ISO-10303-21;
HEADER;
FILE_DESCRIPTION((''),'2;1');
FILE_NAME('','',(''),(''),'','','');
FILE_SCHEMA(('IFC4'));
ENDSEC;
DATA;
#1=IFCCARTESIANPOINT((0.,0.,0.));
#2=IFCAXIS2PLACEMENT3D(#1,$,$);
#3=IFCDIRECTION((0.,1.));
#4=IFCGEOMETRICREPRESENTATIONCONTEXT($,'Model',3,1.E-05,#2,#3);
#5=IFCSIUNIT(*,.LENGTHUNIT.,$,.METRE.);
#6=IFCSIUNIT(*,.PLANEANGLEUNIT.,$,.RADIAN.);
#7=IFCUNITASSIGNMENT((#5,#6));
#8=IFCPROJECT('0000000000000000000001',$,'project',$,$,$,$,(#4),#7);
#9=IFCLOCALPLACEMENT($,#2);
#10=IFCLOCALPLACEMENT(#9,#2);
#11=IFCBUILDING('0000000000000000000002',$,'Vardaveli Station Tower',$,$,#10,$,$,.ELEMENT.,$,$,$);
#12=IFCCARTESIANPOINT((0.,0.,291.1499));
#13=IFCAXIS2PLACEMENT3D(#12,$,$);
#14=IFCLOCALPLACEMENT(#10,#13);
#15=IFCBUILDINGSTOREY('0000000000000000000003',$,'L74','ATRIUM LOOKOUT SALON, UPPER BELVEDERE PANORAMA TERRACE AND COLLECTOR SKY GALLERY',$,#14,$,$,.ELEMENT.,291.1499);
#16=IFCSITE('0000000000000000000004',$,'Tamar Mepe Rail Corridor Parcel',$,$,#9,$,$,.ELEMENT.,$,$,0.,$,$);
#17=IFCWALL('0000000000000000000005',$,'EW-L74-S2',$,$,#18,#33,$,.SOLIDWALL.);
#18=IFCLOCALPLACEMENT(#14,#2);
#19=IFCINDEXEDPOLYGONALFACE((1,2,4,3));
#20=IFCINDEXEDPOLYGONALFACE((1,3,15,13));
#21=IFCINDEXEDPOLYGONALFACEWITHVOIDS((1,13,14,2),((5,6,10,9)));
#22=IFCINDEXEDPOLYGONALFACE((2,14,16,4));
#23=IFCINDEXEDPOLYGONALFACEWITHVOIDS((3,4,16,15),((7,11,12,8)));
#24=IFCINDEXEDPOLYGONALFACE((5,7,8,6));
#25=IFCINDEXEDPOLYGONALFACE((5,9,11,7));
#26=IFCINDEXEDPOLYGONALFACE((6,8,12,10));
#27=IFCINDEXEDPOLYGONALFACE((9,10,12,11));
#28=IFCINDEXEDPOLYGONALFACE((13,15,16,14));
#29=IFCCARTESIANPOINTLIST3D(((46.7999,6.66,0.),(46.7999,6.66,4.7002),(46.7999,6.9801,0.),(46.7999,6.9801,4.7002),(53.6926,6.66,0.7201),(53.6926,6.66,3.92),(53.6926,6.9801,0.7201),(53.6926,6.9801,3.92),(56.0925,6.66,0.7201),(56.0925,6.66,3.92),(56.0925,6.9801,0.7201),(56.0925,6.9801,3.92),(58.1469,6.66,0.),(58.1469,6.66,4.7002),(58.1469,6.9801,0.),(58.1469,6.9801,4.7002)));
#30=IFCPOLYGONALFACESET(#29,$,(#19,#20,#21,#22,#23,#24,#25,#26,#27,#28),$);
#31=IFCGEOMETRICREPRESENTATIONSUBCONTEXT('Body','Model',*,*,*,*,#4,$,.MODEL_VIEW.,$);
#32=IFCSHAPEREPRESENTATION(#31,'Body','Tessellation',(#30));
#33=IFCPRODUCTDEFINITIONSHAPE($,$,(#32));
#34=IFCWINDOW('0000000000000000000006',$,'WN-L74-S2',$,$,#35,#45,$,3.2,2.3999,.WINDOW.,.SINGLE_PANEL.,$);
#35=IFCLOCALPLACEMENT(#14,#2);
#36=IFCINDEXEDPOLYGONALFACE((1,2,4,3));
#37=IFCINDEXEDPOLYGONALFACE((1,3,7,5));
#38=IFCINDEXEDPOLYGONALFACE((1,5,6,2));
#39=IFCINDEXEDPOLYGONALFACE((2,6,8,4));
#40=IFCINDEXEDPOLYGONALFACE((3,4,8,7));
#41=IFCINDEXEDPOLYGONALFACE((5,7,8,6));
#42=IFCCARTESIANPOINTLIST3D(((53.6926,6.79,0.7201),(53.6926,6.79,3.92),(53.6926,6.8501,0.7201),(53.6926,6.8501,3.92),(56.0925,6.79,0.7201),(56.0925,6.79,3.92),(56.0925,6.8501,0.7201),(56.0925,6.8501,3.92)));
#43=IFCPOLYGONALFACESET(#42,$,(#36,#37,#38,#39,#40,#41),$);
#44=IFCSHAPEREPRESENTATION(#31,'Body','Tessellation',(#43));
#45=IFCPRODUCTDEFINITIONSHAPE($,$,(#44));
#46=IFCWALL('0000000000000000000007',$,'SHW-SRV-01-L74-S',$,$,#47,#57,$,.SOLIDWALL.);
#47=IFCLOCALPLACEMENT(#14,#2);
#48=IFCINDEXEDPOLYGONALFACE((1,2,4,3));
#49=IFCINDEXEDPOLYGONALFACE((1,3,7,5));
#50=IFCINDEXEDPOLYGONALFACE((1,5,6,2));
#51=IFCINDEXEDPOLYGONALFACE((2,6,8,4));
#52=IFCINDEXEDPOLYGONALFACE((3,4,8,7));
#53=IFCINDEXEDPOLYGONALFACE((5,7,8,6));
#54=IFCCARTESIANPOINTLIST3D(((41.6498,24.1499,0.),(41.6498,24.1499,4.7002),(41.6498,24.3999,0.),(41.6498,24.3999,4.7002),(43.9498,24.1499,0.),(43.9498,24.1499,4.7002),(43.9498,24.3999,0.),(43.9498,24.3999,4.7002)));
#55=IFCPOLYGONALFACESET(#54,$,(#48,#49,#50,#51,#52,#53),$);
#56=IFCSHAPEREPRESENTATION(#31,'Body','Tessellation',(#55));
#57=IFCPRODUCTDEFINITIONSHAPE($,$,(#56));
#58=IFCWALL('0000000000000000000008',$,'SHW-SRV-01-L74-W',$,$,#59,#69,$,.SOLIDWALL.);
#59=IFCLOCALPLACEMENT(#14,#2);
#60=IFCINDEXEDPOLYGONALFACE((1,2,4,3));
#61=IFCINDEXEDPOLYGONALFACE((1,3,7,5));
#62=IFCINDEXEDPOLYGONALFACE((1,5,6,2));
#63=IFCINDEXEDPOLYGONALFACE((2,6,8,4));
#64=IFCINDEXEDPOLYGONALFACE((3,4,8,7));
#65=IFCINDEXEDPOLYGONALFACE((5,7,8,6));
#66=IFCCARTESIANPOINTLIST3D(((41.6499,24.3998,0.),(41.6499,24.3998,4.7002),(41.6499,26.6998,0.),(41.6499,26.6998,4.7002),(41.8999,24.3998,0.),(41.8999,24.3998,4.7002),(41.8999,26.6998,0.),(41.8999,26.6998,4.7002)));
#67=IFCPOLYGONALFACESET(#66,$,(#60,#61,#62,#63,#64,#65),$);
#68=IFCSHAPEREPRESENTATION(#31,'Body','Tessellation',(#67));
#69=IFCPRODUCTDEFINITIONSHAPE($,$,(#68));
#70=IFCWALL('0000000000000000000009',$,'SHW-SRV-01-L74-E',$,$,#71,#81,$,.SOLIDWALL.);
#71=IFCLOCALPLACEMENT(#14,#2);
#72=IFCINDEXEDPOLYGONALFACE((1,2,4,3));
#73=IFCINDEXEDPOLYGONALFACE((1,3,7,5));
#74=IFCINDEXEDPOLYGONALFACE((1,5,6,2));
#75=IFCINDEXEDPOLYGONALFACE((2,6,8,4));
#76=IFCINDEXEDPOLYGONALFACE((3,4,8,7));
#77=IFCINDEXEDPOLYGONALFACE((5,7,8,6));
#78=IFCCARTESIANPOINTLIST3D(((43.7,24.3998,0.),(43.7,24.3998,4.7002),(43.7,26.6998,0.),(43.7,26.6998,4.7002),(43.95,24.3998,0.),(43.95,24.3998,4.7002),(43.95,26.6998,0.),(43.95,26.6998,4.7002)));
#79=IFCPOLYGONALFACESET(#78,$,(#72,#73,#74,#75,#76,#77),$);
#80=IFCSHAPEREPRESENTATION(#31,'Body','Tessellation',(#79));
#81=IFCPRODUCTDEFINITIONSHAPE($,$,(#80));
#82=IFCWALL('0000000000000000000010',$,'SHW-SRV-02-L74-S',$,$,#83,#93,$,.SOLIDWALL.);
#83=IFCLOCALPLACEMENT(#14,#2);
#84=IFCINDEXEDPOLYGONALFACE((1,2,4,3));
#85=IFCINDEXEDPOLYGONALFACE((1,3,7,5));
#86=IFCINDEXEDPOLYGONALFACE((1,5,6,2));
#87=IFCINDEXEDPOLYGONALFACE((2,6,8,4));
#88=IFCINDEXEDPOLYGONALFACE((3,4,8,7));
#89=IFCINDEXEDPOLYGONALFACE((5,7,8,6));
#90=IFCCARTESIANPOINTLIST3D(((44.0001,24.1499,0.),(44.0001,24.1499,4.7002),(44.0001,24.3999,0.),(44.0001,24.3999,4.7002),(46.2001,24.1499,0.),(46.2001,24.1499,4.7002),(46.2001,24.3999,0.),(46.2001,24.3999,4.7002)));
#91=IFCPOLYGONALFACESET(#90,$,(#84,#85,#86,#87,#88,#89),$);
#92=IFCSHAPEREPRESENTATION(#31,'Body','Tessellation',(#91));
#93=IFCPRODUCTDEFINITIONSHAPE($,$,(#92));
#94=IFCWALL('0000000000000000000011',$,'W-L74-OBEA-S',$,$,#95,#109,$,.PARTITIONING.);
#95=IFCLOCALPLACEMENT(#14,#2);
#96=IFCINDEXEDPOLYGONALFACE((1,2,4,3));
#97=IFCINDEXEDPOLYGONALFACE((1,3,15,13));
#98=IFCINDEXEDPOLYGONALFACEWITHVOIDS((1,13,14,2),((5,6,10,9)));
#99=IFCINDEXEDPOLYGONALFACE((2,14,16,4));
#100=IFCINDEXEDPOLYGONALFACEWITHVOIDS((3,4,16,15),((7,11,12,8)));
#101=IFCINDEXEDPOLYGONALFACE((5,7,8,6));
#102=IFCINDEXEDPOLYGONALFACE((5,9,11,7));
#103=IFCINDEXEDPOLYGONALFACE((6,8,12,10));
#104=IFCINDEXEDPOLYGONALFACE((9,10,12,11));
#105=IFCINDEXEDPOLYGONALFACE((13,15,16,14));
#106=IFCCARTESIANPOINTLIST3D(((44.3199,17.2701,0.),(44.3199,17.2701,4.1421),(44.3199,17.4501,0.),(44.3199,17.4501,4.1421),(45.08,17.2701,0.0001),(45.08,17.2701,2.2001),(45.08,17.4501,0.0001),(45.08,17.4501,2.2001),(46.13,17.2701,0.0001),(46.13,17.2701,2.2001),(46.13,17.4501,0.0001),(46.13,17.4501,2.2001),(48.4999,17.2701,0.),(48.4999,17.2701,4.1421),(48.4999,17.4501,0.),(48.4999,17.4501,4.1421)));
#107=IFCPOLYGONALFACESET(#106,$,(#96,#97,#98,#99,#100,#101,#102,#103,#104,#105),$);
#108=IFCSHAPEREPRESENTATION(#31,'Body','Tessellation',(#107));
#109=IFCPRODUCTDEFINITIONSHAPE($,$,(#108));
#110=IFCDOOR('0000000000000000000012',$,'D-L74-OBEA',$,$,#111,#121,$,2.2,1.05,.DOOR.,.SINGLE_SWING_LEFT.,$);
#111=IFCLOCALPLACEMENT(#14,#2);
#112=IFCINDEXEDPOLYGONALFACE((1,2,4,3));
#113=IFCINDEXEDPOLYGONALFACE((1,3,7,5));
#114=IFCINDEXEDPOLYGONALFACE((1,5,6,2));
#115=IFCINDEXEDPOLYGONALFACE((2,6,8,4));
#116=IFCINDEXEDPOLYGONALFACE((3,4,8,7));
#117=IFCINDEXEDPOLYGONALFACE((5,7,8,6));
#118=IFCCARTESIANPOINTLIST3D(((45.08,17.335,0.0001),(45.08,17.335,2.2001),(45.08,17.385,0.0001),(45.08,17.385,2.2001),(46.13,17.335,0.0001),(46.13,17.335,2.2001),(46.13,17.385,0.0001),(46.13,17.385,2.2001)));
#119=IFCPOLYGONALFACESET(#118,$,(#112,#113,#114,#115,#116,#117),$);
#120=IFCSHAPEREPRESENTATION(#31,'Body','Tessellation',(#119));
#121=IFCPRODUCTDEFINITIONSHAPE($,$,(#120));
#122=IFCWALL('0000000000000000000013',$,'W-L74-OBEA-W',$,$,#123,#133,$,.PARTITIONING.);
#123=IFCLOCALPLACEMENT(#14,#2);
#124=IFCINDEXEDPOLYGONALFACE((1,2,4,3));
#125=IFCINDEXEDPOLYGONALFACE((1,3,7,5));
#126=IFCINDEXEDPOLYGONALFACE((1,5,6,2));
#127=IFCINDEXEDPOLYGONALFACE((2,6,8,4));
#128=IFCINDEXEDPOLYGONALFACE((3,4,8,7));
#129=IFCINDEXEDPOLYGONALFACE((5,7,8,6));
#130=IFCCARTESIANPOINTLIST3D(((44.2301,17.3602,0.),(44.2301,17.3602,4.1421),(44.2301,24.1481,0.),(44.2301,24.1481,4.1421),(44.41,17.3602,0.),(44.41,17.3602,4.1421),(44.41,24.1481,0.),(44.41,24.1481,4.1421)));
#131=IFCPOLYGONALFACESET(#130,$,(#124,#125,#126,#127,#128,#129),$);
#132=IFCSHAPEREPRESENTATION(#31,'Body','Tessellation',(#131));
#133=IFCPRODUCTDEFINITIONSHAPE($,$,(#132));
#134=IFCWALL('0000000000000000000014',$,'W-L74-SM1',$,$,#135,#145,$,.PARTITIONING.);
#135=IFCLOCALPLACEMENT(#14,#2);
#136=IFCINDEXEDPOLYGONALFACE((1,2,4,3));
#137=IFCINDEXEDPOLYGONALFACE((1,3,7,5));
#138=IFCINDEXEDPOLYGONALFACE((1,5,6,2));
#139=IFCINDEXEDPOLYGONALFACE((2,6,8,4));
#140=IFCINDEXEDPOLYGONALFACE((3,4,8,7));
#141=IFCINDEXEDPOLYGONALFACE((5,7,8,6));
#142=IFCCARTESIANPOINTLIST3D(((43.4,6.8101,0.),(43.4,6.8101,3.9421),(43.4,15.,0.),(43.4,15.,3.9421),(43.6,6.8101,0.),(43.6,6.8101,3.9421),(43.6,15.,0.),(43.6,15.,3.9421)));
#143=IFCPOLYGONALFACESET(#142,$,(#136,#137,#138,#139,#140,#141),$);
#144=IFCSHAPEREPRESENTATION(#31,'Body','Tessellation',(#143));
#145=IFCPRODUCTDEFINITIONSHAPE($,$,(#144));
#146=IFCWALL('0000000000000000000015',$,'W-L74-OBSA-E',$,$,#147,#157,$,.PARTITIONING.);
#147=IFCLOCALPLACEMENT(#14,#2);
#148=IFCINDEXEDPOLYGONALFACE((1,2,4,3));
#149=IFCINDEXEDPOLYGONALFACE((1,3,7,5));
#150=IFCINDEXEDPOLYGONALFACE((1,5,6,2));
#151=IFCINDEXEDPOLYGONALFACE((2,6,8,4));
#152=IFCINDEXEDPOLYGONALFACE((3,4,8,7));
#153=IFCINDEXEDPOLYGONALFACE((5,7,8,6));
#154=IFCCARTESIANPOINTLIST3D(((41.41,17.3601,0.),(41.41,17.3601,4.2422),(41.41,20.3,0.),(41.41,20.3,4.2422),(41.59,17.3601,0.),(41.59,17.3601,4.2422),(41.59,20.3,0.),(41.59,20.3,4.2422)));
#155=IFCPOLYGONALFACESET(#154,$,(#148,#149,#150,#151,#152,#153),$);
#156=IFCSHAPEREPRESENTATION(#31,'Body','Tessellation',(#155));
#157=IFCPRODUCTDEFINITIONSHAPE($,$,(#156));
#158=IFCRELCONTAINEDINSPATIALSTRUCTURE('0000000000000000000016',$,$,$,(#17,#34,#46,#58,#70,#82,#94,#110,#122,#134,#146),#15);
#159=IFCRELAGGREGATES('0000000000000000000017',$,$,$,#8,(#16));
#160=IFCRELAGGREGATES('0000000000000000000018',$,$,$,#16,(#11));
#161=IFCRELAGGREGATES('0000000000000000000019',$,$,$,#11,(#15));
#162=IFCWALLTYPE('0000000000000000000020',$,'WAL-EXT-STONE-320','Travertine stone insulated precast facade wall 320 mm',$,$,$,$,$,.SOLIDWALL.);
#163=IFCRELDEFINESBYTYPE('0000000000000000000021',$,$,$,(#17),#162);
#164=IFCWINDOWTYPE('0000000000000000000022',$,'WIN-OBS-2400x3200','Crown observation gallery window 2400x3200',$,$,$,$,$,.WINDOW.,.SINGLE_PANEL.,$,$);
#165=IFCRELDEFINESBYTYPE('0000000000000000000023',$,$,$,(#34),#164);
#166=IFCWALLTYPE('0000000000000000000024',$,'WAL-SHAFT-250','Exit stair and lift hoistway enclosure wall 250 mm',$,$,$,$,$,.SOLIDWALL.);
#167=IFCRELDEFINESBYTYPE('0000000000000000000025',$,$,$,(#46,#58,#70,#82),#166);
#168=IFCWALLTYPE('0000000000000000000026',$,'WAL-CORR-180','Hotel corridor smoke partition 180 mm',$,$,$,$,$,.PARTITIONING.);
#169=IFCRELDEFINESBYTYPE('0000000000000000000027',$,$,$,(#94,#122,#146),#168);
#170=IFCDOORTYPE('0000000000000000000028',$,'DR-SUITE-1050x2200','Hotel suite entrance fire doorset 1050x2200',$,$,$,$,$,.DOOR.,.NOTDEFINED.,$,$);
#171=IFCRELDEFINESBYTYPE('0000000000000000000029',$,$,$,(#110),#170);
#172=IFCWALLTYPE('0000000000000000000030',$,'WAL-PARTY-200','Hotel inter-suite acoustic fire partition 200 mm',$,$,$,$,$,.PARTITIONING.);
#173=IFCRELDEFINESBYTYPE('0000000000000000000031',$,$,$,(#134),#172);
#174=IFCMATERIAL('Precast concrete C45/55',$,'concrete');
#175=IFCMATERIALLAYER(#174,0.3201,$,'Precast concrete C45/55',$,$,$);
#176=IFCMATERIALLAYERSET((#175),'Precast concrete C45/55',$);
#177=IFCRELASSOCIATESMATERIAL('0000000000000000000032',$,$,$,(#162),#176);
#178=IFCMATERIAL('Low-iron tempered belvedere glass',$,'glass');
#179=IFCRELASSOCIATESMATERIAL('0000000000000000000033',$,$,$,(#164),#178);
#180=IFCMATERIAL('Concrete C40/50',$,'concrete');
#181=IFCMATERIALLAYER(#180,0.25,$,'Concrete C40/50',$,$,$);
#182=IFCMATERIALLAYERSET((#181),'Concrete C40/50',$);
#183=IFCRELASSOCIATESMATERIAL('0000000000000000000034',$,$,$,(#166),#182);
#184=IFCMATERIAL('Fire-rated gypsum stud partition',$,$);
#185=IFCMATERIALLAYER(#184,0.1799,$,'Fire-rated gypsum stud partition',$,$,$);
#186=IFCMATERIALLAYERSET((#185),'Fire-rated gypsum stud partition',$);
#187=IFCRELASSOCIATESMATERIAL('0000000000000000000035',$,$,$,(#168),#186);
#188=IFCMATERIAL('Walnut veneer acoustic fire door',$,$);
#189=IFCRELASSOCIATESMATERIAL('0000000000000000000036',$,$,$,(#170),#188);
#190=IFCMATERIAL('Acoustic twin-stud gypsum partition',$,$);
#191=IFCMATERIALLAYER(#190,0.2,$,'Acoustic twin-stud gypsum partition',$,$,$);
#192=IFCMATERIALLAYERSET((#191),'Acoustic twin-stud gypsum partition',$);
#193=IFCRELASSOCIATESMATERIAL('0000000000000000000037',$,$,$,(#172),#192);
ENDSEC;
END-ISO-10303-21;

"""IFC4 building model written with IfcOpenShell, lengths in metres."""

from ifc_helpers import new_model, si_unit, direction, frame, frame_2d, origin, place, context, subcontext, project, spatial, rectangle, extrude, source, transform, mapped, material, layer, layer_set, type_object, element, fill, save


model = new_model("IFC4")

# Units and contexts
model_context = context("Model", 3, precision=1e-05, world=origin(), true_north=direction((0.0, 1.0)))
body_context = subcontext(model_context, "Body", "Model", "MODEL_VIEW")
ifc_project = project(units=[si_unit("LENGTHUNIT", "METRE"), si_unit("PLANEANGLEUNIT", "RADIAN")], contexts=[model_context])

# Site, building, storey
site_placement = place(None, origin())
site = spatial("IfcSite", under=ifc_project, at=site_placement, Name="Tamar Mepe Rail Corridor Parcel", CompositionType="ELEMENT", RefElevation=0.0)
building_placement = place(site_placement, origin())
building = spatial("IfcBuilding", under=site, at=building_placement, Name="Vardaveli Station Tower", CompositionType="ELEMENT")
storey_placement = place(building_placement, frame((0.0, 0.0, 291.1499)))
storey = spatial("IfcBuildingStorey", under=building, at=storey_placement, Name="L74", Description="ATRIUM LOOKOUT SALON, UPPER BELVEDERE PANORAMA TERRACE AND COLLECTOR SKY GALLERY", CompositionType="ELEMENT", Elevation=291.1499)

# Shared definitions
ifc_material_1 = material(Name="Precast concrete C45/55", Category="concrete")

# Wall, opening, window
ifc_layer_1 = layer(ifc_material_1, 0.3201, Name="Precast concrete C45/55")
ifc_layer_set_1 = layer_set([ifc_layer_1], Name="Precast concrete C45/55")
wall_type_1 = type_object("IfcWallType", Name="WAL-EXT-STONE-320", Description="Travertine stone insulated precast facade wall 320 mm", PredefinedType="SOLIDWALL", material=ifc_layer_set_1)
shared_shape_1 = source(origin(), body_context, "Body", "SweptSolid", [
    extrude(rectangle(XDim=11.3469, YDim=0.3201, at=frame_2d((5.6733, 0.0))), origin(), (0.0, 0.0, 1.0), 4.7002),
])
wall_1_placement = place(storey_placement, frame((46.8, 6.8201, 0.0), z_axis=(0.0, 0.0, 1.0), x_axis=(1.0, 0.0, 0.0)))
wall_1 = element("IfcWall", 1, at=wall_1_placement, inside=storey, type_object=wall_type_1, Name="EW-L74-S2", PredefinedType="SOLIDWALL", context=body_context, shape_type="MappedRepresentation", body=[
    mapped(shared_shape_1, transform((0.0, 0.0, 0.0), scale=1.0)),
])
shared_shape_2 = source(origin(), body_context, "Body", "SweptSolid", [
    extrude(rectangle(XDim=2.3999, YDim=3.2, at=frame_2d((1.2, 1.6001))), frame((0.0, 0.1699, 0.0), z_axis=(0.0, -1.0, 0.0), x_axis=(1.0, 0.0, 0.0)), (0.0, 0.0, 1.0), 0.3401),
])
opening_1_placement = place(wall_1_placement, frame((6.8926, 0.0, 0.72)))
opening_1 = element("IfcOpeningElement", 2, at=opening_1_placement, cuts=wall_1, PredefinedType="OPENING", context=body_context, shape_type="MappedRepresentation", body=[
    mapped(shared_shape_2, transform((0.0, 0.0, 0.0), scale=1.0)),
])
ifc_material_2 = material(Name="Low-iron tempered belvedere glass", Category="glass")
window_type = type_object("IfcWindowType", Name="WIN-OBS-2400x3200", Description="Crown observation gallery window 2400x3200", PartitioningType="SINGLE_PANEL", PredefinedType="WINDOW", material=ifc_material_2)
shared_shape_3 = source(origin(), body_context, "Body", "SweptSolid", [
    extrude(rectangle(XDim=2.3999, YDim=3.2, at=frame_2d((1.2, 1.6001))), frame((0.0, 0.03, 0.0), z_axis=(0.0, -1.0, 0.0), x_axis=(1.0, 0.0, 0.0)), (0.0, 0.0, 1.0), 0.0601),
])
window_placement = place(opening_1_placement, origin())
window = element("IfcWindow", 3, at=window_placement, inside=storey, type_object=window_type, Name="WN-L74-S2", OverallHeight=3.2, OverallWidth=2.3999, PartitioningType="SINGLE_PANEL", PredefinedType="WINDOW", context=body_context, shape_type="MappedRepresentation", body=[
    mapped(shared_shape_3, transform((0.0, 0.0, 0.0), scale=1.0)),
])
fill(opening_1, window)

# Walls
ifc_material_3 = material(Name="Concrete C40/50", Category="concrete")
ifc_layer_2 = layer(ifc_material_3, 0.25, Name="Concrete C40/50")
ifc_layer_set_2 = layer_set([ifc_layer_2], Name="Concrete C40/50")
wall_type_2 = type_object("IfcWallType", Name="WAL-SHAFT-250", Description="Exit stair and lift hoistway enclosure wall 250 mm", PredefinedType="SOLIDWALL", material=ifc_layer_set_2)
shared_shape_4 = source(origin(), body_context, "Body", "SweptSolid", [
    extrude(rectangle(XDim=2.3, YDim=0.25, at=frame_2d((1.1499, 0.0))), origin(), (0.0, 0.0, 1.0), 4.7002),
])
for number, where, z_axis, x_axis, name in (
    (4, (41.6499, 24.2749, 0.0), (0.0, 0.0, 1.0), (1.0, 0.0, 0.0), "SHW-SRV-01-L74-S"),
    (5, (41.7749, 24.3999, 0.0), (0.0, 0.0, 1.0), (0.0, 1.0, 0.0), "SHW-SRV-01-L74-W"),
    (6, (43.825, 24.3999, 0.0), (0.0, 0.0, 1.0), (0.0, 1.0, 0.0), "SHW-SRV-01-L74-E"),
):
    element("IfcWall", number, at=place(storey_placement, frame(where, z_axis=z_axis, x_axis=x_axis)), inside=storey, type_object=wall_type_2, Name=name, PredefinedType="SOLIDWALL", context=body_context, shape_type="MappedRepresentation", body=[
        mapped(shared_shape_4, transform((0.0, 0.0, 0.0), scale=1.0)),
    ])
shared_shape_5 = source(origin(), body_context, "Body", "SweptSolid", [
    extrude(rectangle(XDim=2.2, YDim=0.25, at=frame_2d((1.1001, 0.0))), origin(), (0.0, 0.0, 1.0), 4.7002),
])
wall_2_placement = place(storey_placement, frame((44.0, 24.2749, 0.0), z_axis=(0.0, 0.0, 1.0), x_axis=(1.0, 0.0, 0.0)))
element("IfcWall", 7, at=wall_2_placement, inside=storey, type_object=wall_type_2, Name="SHW-SRV-02-L74-S", PredefinedType="SOLIDWALL", context=body_context, shape_type="MappedRepresentation", body=[
    mapped(shared_shape_5, transform((0.0, 0.0, 0.0), scale=1.0)),
])

# Wall, opening, door
ifc_material_4 = material(Name="Fire-rated gypsum stud partition")
ifc_layer_3 = layer(ifc_material_4, 0.1799, Name="Fire-rated gypsum stud partition")
ifc_layer_set_3 = layer_set([ifc_layer_3], Name="Fire-rated gypsum stud partition")
wall_type_3 = type_object("IfcWallType", Name="WAL-CORR-180", Description="Hotel corridor smoke partition 180 mm", PredefinedType="PARTITIONING", material=ifc_layer_set_3)
shared_shape_6 = source(origin(), body_context, "Body", "SweptSolid", [
    extrude(rectangle(XDim=4.1799, YDim=0.1799, at=frame_2d((2.0898, 0.0))), origin(), (0.0, 0.0, 1.0), 4.1421),
])
wall_3_placement = place(storey_placement, frame((44.3201, 17.3601, 0.0), z_axis=(0.0, 0.0, 1.0), x_axis=(1.0, 0.0, 0.0)))
wall_3 = element("IfcWall", 8, at=wall_3_placement, inside=storey, type_object=wall_type_3, Name="W-L74-OBEA-S", PredefinedType="PARTITIONING", context=body_context, shape_type="MappedRepresentation", body=[
    mapped(shared_shape_6, transform((0.0, 0.0, 0.0), scale=1.0)),
])
shared_shape_7 = source(origin(), body_context, "Body", "SweptSolid", [
    extrude(rectangle(XDim=1.05, YDim=2.2, at=frame_2d((0.5249, 1.1001))), frame((0.0, 0.1001, 0.0), z_axis=(0.0, -1.0, 0.0), x_axis=(1.0, 0.0, 0.0)), (0.0, 0.0, 1.0), 0.2),
])
opening_2_placement = place(wall_3_placement, frame((0.76, 0.0, 0.0)))
opening_2 = element("IfcOpeningElement", 9, at=opening_2_placement, cuts=wall_3, PredefinedType="OPENING", context=body_context, shape_type="MappedRepresentation", body=[
    mapped(shared_shape_7, transform((0.0, 0.0, 0.0), scale=1.0)),
])
ifc_material_5 = material(Name="Walnut veneer acoustic fire door")
door_type = type_object("IfcDoorType", Name="DR-SUITE-1050x2200", Description="Hotel suite entrance fire doorset 1050x2200", OperationType="NOTDEFINED", PredefinedType="DOOR", material=ifc_material_5)
shared_shape_8 = source(origin(), body_context, "Body", "SweptSolid", [
    extrude(rectangle(XDim=1.05, YDim=2.2, at=frame_2d((0.5249, 1.1001))), frame((0.0, 0.0249, 0.0), z_axis=(0.0, -1.0, 0.0), x_axis=(1.0, 0.0, 0.0)), (0.0, 0.0, 1.0), 0.05),
])
door_placement = place(opening_2_placement, origin())
door = element("IfcDoor", 10, at=door_placement, inside=storey, type_object=door_type, Name="D-L74-OBEA", OperationType="SINGLE_SWING_LEFT", OverallHeight=2.2, OverallWidth=1.05, PredefinedType="DOOR", context=body_context, shape_type="MappedRepresentation", body=[
    mapped(shared_shape_8, transform((0.0, 0.0, 0.0), scale=1.0)),
])
fill(opening_2, door)

# Walls
shared_shape_9 = source(origin(), body_context, "Body", "SweptSolid", [
    extrude(rectangle(XDim=6.7878, YDim=0.1799, at=frame_2d((3.394, 0.0))), origin(), (0.0, 0.0, 1.0), 4.1421),
])
wall_4_placement = place(storey_placement, frame((44.3201, 17.3601, 0.0), z_axis=(0.0, 0.0, 1.0), x_axis=(0.0, 1.0, 0.0)))
element("IfcWall", 11, at=wall_4_placement, inside=storey, type_object=wall_type_3, Name="W-L74-OBEA-W", PredefinedType="PARTITIONING", context=body_context, shape_type="MappedRepresentation", body=[
    mapped(shared_shape_9, transform((0.0, 0.0, 0.0), scale=1.0)),
])
ifc_material_6 = material(Name="Acoustic twin-stud gypsum partition")
ifc_layer_4 = layer(ifc_material_6, 0.2, Name="Acoustic twin-stud gypsum partition")
ifc_layer_set_4 = layer_set([ifc_layer_4], Name="Acoustic twin-stud gypsum partition")
wall_type_4 = type_object("IfcWallType", Name="WAL-PARTY-200", Description="Hotel inter-suite acoustic fire partition 200 mm", PredefinedType="PARTITIONING", material=ifc_layer_set_4)
shared_shape_10 = source(origin(), body_context, "Body", "SweptSolid", [
    extrude(rectangle(XDim=8.1899, YDim=0.2, at=frame_2d((4.095, 0.0))), origin(), (0.0, 0.0, 1.0), 3.9421),
])
wall_5_placement = place(storey_placement, frame((43.5, 6.8101, 0.0), z_axis=(0.0, 0.0, 1.0), x_axis=(0.0, 1.0, 0.0)))
element("IfcWall", 12, at=wall_5_placement, inside=storey, type_object=wall_type_4, Name="W-L74-SM1", PredefinedType="PARTITIONING", context=body_context, shape_type="MappedRepresentation", body=[
    mapped(shared_shape_10, transform((0.0, 0.0, 0.0), scale=1.0)),
])
shared_shape_11 = source(origin(), body_context, "Body", "SweptSolid", [
    extrude(rectangle(XDim=2.9399, YDim=0.1799, at=frame_2d((1.47, 0.0))), origin(), (0.0, 0.0, 1.0), 4.2422),
])
wall_6_placement = place(storey_placement, frame((41.5, 17.3601, 0.0), z_axis=(0.0, 0.0, 1.0), x_axis=(0.0, 1.0, 0.0)))
element("IfcWall", 13, at=wall_6_placement, inside=storey, type_object=wall_type_3, Name="W-L74-OBSA-E", PredefinedType="PARTITIONING", context=body_context, shape_type="MappedRepresentation", body=[
    mapped(shared_shape_11, transform((0.0, 0.0, 0.0), scale=1.0)),
])

save(model, "model.ifc")
